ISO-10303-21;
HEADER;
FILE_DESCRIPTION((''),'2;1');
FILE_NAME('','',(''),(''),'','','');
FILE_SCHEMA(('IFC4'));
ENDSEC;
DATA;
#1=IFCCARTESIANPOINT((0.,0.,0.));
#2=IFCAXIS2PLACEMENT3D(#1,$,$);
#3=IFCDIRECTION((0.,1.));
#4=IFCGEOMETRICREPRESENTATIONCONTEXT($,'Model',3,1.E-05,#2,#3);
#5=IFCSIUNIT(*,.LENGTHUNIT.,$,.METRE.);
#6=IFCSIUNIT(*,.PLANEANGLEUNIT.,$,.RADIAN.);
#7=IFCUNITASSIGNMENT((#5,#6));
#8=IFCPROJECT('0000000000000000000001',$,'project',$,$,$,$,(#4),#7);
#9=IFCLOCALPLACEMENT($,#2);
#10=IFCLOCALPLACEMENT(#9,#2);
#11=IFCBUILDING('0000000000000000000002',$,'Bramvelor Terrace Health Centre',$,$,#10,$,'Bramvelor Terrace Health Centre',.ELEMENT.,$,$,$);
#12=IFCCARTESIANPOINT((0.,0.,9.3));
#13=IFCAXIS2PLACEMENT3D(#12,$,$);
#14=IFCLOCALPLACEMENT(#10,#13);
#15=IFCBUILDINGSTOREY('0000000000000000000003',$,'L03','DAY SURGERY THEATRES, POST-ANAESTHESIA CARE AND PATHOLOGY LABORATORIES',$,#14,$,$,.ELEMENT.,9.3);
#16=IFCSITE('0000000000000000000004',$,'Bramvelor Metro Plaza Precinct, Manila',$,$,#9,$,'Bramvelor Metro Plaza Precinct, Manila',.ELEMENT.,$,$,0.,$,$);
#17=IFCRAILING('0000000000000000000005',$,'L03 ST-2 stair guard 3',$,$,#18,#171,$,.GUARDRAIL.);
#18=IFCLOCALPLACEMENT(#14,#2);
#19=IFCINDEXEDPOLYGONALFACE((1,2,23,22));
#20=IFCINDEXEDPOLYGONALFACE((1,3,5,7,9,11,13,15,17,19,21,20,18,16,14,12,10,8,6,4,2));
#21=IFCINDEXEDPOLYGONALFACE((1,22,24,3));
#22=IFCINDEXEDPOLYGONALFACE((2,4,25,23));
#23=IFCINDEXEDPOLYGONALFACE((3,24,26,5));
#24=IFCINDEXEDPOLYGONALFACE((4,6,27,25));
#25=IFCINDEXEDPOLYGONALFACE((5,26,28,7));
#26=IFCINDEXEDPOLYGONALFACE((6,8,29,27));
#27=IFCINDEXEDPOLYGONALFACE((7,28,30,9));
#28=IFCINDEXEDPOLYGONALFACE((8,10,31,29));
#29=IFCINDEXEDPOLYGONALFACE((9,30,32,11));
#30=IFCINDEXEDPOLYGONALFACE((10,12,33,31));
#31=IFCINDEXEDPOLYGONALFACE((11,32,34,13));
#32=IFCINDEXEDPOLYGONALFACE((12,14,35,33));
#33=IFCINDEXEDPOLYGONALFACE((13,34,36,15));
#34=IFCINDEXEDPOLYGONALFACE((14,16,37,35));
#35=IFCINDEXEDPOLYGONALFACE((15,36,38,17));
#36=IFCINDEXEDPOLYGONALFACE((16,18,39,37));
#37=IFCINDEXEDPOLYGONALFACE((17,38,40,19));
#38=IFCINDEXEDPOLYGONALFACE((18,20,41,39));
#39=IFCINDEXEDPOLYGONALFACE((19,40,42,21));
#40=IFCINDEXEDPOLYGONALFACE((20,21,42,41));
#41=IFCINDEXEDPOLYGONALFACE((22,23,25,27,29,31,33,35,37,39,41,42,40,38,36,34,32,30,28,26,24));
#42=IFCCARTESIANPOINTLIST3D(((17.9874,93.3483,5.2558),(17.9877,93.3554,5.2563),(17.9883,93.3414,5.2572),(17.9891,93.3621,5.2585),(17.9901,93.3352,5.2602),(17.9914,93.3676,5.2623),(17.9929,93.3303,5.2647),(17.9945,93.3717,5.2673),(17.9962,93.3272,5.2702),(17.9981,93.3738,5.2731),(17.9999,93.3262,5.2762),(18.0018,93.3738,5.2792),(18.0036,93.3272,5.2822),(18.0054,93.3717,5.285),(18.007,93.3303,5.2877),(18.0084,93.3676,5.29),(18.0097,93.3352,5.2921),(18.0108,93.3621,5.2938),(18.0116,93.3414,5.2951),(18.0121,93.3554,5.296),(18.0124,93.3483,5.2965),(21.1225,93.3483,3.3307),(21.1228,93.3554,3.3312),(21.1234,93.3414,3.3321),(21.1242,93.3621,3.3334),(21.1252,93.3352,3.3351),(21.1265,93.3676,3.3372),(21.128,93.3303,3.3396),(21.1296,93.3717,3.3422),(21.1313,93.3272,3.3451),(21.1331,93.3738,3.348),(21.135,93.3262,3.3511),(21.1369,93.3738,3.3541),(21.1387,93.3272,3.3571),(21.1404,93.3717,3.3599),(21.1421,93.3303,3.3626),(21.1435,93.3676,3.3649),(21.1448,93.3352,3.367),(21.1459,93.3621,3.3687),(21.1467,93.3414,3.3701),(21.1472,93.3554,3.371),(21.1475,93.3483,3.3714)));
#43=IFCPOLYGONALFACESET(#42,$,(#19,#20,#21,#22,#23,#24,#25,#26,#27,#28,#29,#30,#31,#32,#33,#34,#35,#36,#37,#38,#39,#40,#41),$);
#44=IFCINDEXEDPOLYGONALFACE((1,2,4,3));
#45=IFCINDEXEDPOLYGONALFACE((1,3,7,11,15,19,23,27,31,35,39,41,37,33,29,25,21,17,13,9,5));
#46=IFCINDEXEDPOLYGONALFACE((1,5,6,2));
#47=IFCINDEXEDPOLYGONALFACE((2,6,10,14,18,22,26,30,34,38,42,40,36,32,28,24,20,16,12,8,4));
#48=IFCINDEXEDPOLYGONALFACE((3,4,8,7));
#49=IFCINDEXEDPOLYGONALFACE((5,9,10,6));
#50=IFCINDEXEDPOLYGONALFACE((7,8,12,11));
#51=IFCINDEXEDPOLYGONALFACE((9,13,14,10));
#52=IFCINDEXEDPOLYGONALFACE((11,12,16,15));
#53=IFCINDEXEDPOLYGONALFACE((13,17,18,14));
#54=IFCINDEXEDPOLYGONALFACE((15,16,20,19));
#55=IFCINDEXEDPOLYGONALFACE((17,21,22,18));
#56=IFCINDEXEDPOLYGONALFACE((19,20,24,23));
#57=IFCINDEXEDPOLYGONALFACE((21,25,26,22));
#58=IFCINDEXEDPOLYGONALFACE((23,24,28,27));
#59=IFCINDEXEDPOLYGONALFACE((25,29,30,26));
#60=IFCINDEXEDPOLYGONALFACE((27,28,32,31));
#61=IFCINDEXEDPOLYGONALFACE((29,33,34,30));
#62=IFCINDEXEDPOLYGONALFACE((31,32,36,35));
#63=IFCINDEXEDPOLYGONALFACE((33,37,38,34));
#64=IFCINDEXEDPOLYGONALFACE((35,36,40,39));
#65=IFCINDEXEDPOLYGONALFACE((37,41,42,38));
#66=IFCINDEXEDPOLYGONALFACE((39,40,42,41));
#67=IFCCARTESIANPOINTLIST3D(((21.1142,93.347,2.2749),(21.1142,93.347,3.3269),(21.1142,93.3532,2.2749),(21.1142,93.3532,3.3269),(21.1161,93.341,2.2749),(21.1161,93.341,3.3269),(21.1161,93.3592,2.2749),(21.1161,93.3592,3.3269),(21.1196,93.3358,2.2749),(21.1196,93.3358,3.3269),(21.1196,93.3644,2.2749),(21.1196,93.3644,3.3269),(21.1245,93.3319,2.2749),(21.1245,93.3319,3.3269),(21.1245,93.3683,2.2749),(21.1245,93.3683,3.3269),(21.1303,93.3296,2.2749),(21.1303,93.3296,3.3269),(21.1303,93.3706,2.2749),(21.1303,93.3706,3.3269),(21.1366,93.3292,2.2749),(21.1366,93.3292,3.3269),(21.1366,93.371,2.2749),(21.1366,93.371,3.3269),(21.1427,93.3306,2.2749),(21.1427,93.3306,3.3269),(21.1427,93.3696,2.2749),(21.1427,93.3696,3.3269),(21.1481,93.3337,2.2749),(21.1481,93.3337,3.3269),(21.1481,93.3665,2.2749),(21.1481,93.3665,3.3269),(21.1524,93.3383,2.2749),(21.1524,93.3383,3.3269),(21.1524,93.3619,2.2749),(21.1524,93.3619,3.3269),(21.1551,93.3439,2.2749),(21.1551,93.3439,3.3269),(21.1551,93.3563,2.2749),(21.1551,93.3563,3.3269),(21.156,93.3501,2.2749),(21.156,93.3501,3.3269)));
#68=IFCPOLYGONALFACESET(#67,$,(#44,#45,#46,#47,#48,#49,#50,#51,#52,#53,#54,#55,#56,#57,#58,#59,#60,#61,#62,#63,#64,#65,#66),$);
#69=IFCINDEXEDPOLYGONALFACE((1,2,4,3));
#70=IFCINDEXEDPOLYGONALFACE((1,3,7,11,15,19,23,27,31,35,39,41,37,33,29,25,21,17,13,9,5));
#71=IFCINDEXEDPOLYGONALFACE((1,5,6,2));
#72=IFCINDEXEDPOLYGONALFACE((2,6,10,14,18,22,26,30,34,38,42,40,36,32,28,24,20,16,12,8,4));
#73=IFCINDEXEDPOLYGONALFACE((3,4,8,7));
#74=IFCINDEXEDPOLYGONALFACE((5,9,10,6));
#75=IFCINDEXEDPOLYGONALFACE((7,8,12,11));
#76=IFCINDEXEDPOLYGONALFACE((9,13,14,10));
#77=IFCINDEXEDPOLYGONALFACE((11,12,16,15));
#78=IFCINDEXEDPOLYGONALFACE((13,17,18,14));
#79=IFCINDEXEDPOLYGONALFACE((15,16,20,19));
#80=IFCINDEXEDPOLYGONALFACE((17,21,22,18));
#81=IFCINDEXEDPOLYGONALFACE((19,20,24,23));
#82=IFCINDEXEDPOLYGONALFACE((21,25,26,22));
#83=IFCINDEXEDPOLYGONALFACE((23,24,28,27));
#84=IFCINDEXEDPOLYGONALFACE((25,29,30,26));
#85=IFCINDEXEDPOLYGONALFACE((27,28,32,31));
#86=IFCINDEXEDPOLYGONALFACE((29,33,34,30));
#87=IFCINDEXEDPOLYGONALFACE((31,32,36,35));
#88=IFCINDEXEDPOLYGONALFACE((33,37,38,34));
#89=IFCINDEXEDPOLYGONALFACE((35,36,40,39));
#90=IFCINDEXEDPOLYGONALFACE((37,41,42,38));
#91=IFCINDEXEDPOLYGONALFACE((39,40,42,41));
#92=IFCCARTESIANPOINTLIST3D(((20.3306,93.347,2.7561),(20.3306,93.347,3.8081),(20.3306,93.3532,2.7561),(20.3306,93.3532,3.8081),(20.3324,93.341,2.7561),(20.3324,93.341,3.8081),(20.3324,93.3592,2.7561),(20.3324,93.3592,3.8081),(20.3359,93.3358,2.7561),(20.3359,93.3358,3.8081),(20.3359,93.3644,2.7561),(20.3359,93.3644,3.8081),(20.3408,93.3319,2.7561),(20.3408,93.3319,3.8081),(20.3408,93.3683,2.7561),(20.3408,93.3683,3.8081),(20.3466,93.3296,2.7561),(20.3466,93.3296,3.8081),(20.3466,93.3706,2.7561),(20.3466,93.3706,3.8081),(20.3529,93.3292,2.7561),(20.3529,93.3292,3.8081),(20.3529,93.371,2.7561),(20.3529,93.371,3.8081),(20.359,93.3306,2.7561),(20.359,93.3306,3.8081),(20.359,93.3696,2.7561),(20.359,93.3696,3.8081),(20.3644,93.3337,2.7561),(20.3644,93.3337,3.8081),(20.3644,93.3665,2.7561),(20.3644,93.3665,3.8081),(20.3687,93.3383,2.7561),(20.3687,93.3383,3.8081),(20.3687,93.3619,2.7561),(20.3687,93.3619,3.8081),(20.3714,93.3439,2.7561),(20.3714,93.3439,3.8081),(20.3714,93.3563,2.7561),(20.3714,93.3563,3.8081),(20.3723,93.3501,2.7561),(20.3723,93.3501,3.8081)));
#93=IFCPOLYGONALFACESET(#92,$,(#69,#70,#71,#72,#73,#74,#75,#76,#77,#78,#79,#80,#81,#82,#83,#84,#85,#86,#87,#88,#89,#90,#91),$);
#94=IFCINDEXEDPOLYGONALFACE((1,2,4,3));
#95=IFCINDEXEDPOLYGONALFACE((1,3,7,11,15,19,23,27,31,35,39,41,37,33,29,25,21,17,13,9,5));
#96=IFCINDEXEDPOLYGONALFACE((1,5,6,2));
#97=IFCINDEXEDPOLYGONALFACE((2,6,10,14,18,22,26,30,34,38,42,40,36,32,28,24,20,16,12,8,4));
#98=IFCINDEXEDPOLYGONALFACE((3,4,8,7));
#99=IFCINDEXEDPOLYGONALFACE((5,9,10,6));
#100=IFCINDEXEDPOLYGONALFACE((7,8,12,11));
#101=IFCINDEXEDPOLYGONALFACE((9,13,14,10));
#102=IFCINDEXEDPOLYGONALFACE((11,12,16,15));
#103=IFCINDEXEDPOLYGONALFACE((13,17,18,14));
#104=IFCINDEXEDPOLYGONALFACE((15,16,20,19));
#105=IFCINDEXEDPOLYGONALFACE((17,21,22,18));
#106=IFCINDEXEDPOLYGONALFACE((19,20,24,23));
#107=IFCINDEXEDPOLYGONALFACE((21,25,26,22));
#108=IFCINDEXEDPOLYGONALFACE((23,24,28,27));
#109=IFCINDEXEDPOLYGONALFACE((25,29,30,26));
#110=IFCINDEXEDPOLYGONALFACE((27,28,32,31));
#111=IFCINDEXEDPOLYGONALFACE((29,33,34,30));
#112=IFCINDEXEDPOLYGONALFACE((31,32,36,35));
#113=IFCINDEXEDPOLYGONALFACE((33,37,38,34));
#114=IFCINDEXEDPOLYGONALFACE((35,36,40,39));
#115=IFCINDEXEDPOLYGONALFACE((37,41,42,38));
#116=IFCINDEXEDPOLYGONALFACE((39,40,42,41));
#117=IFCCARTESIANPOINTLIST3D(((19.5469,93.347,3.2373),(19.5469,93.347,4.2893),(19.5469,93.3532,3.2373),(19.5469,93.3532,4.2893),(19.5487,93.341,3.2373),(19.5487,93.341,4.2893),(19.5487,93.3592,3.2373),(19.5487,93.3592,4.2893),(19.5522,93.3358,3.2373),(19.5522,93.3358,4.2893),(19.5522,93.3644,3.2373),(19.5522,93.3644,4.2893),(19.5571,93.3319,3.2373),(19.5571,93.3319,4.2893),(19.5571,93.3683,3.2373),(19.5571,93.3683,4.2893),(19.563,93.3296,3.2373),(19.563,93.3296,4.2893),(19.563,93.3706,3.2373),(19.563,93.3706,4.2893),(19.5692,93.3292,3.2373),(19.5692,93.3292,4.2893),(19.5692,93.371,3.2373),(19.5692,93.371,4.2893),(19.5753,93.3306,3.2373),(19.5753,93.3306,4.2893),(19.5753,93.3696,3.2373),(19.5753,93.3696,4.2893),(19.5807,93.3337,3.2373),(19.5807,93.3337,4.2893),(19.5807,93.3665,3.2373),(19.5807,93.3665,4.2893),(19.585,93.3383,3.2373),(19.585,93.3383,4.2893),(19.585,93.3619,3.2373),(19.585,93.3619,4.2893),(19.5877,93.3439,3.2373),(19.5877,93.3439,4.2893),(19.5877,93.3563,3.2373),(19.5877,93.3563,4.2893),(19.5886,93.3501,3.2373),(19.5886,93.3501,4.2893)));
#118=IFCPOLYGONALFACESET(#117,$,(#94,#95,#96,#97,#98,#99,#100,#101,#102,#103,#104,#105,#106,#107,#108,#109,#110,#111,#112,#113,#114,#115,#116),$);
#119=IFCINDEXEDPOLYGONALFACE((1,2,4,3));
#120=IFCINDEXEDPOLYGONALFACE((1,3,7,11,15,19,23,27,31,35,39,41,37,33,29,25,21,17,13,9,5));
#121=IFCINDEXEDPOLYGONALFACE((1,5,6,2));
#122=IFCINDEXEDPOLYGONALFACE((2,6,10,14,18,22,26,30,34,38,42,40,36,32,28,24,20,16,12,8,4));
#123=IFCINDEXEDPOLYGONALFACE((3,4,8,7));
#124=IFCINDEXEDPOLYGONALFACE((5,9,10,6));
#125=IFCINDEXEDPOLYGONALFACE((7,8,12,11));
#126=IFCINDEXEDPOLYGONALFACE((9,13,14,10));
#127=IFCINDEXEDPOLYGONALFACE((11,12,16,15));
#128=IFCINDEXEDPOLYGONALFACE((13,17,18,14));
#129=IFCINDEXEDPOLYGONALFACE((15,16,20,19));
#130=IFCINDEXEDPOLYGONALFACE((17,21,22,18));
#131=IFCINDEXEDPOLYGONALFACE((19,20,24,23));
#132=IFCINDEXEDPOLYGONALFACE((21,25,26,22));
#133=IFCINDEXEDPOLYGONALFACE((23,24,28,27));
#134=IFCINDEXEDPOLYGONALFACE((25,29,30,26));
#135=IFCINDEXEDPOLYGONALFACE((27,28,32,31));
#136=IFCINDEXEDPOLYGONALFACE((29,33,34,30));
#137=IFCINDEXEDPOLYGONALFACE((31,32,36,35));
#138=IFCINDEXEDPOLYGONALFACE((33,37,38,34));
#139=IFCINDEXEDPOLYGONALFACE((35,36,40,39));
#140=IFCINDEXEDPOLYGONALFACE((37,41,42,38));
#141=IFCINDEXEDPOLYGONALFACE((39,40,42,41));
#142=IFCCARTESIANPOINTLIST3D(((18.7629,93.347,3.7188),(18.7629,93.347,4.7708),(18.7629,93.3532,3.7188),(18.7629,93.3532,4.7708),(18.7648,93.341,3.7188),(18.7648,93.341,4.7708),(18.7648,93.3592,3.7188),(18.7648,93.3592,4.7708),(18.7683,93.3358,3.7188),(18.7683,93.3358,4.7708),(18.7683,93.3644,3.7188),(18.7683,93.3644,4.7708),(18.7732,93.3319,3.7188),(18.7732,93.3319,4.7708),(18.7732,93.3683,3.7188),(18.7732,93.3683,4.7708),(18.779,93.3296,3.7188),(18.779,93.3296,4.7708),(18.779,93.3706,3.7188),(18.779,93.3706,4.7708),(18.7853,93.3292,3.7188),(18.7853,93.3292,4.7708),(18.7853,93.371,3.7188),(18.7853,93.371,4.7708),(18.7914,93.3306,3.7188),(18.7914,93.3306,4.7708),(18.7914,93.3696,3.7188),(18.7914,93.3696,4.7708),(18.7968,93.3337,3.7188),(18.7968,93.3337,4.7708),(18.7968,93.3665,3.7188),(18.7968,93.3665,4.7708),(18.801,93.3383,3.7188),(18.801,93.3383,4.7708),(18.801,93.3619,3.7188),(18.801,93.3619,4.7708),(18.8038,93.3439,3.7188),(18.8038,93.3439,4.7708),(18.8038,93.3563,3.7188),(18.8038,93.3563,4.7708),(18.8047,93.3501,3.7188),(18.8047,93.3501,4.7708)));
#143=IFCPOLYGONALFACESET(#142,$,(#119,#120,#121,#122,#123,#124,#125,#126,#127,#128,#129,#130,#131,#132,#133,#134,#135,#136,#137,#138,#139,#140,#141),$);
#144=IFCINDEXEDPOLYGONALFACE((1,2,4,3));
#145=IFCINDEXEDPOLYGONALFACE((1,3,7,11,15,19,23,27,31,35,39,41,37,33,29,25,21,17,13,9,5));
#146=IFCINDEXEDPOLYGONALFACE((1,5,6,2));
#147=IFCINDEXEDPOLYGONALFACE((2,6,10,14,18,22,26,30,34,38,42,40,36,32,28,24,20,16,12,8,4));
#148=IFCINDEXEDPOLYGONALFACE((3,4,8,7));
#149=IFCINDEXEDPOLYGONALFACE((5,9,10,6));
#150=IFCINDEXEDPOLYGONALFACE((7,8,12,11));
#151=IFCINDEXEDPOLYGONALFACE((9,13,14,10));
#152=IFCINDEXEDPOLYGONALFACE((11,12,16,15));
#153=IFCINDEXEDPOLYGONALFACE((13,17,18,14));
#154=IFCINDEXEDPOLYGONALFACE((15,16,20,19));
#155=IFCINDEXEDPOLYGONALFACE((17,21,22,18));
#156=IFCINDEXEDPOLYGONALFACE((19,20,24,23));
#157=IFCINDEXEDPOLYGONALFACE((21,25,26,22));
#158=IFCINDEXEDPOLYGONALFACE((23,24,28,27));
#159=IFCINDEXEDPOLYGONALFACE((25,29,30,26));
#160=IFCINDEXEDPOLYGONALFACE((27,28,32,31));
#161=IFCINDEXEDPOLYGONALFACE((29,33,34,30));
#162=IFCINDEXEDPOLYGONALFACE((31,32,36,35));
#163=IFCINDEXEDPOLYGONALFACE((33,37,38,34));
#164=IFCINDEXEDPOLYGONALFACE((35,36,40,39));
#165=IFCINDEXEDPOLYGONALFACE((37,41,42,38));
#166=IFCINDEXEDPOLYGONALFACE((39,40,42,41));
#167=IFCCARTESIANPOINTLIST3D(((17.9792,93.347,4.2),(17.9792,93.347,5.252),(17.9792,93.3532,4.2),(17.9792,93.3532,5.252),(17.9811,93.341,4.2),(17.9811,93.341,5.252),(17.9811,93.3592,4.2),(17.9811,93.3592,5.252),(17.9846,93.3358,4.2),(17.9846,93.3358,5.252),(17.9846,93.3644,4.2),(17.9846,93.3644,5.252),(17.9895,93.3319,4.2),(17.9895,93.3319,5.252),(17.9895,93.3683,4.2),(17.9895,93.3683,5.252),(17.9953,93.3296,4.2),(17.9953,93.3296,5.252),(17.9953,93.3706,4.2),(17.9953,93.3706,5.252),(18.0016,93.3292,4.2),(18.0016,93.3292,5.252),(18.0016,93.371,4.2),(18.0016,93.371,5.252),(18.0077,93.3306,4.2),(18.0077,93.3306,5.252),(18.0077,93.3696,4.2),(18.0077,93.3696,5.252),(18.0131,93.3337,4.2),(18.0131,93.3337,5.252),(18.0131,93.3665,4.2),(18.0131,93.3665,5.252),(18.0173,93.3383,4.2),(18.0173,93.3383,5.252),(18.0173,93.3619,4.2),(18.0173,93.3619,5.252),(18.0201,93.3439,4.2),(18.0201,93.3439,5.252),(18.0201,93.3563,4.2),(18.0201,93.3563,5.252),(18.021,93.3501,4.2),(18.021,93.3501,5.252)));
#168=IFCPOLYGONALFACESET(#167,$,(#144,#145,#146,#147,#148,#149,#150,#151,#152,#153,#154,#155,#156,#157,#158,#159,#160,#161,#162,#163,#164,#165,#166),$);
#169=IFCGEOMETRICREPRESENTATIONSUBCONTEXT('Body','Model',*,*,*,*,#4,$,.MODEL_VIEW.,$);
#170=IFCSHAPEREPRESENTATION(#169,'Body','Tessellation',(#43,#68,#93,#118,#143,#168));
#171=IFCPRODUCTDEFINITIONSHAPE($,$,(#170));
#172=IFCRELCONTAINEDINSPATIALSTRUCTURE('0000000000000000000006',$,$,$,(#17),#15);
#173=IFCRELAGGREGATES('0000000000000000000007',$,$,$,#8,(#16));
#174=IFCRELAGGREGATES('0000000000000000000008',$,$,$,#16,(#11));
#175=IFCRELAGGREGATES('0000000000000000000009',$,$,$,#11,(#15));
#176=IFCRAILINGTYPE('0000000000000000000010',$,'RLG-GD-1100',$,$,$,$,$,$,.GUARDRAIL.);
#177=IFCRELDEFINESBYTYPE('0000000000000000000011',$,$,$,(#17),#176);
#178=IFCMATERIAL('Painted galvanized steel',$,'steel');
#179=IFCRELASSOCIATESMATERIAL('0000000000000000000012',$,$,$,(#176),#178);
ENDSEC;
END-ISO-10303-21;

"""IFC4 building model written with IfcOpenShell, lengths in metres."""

from ifc_helpers import new_model, si_unit, direction, frame, origin, origin_2d, place, context, subcontext, project, spatial, circle, extrude, material, type_object, element, save


model = new_model("IFC4")

# Units and contexts
model_context = context("Model", 3, precision=1e-05, world=origin(), true_north=direction((0.0, 1.0)))
body_context = subcontext(model_context, "Body", "Model", "MODEL_VIEW")
ifc_project = project(units=[si_unit("LENGTHUNIT", "METRE"), si_unit("PLANEANGLEUNIT", "RADIAN")], contexts=[model_context])

# Site, building, storey
site_placement = place(None, origin())
site = spatial("IfcSite", under=ifc_project, at=site_placement, Name="Bramvelor Metro Plaza Precinct, Manila", LongName="Bramvelor Metro Plaza Precinct, Manila", CompositionType="ELEMENT", RefElevation=0.0)
building_placement = place(site_placement, origin())
building = spatial("IfcBuilding", under=site, at=building_placement, Name="Bramvelor Terrace Health Centre", LongName="Bramvelor Terrace Health Centre", CompositionType="ELEMENT")
storey_placement = place(building_placement, frame((0.0, 0.0, 9.3)))
storey = spatial("IfcBuildingStorey", under=building, at=storey_placement, Name="L03", Description="DAY SURGERY THEATRES, POST-ANAESTHESIA CARE AND PATHOLOGY LABORATORIES", CompositionType="ELEMENT", Elevation=9.3)

# Railing
ifc_material_1 = material(Name="Painted galvanized steel", Category="steel")
railing_type_1 = type_object("IfcRailingType", Name="RLG-GD-1100", PredefinedType="GUARDRAIL", material=ifc_material_1)
railing_1_placement = place(storey_placement, frame((21.135, 93.3501, 2.2749)))
element("IfcRailing", 1, at=railing_1_placement, inside=storey, type_object=railing_type_1, Name="L03 ST-2 stair guard 3", PredefinedType="GUARDRAIL", context=body_context, shape_type="SweptSolid", body=[
    extrude(circle(Radius=0.0239, at=origin_2d()), frame((0.0, 0.0, 1.0762), z_axis=(-0.852166, 0.0, 0.523271), x_axis=(0.0, -1.0, 0.0)), (0.0, 0.0, 1.0), 3.679),
    extrude(circle(Radius=0.021, at=origin_2d()), origin(), (0.0, 0.0, 1.0), 1.052),
    extrude(circle(Radius=0.021, at=origin_2d()), frame((-0.7837, 0.0, 0.4812)), (0.0, 0.0, 1.0), 1.052),
    extrude(circle(Radius=0.021, at=origin_2d()), frame((-1.5674, 0.0, 0.9624)), (0.0, 0.0, 1.0), 1.052),
    extrude(circle(Radius=0.021, at=origin_2d()), frame((-2.3513, 0.0, 1.4438)), (0.0, 0.0, 1.0), 1.052),
    extrude(circle(Radius=0.021, at=origin_2d()), frame((-3.135, 0.0, 1.925)), (0.0, 0.0, 1.0), 1.052),
])

save(model, "model.ifc")
